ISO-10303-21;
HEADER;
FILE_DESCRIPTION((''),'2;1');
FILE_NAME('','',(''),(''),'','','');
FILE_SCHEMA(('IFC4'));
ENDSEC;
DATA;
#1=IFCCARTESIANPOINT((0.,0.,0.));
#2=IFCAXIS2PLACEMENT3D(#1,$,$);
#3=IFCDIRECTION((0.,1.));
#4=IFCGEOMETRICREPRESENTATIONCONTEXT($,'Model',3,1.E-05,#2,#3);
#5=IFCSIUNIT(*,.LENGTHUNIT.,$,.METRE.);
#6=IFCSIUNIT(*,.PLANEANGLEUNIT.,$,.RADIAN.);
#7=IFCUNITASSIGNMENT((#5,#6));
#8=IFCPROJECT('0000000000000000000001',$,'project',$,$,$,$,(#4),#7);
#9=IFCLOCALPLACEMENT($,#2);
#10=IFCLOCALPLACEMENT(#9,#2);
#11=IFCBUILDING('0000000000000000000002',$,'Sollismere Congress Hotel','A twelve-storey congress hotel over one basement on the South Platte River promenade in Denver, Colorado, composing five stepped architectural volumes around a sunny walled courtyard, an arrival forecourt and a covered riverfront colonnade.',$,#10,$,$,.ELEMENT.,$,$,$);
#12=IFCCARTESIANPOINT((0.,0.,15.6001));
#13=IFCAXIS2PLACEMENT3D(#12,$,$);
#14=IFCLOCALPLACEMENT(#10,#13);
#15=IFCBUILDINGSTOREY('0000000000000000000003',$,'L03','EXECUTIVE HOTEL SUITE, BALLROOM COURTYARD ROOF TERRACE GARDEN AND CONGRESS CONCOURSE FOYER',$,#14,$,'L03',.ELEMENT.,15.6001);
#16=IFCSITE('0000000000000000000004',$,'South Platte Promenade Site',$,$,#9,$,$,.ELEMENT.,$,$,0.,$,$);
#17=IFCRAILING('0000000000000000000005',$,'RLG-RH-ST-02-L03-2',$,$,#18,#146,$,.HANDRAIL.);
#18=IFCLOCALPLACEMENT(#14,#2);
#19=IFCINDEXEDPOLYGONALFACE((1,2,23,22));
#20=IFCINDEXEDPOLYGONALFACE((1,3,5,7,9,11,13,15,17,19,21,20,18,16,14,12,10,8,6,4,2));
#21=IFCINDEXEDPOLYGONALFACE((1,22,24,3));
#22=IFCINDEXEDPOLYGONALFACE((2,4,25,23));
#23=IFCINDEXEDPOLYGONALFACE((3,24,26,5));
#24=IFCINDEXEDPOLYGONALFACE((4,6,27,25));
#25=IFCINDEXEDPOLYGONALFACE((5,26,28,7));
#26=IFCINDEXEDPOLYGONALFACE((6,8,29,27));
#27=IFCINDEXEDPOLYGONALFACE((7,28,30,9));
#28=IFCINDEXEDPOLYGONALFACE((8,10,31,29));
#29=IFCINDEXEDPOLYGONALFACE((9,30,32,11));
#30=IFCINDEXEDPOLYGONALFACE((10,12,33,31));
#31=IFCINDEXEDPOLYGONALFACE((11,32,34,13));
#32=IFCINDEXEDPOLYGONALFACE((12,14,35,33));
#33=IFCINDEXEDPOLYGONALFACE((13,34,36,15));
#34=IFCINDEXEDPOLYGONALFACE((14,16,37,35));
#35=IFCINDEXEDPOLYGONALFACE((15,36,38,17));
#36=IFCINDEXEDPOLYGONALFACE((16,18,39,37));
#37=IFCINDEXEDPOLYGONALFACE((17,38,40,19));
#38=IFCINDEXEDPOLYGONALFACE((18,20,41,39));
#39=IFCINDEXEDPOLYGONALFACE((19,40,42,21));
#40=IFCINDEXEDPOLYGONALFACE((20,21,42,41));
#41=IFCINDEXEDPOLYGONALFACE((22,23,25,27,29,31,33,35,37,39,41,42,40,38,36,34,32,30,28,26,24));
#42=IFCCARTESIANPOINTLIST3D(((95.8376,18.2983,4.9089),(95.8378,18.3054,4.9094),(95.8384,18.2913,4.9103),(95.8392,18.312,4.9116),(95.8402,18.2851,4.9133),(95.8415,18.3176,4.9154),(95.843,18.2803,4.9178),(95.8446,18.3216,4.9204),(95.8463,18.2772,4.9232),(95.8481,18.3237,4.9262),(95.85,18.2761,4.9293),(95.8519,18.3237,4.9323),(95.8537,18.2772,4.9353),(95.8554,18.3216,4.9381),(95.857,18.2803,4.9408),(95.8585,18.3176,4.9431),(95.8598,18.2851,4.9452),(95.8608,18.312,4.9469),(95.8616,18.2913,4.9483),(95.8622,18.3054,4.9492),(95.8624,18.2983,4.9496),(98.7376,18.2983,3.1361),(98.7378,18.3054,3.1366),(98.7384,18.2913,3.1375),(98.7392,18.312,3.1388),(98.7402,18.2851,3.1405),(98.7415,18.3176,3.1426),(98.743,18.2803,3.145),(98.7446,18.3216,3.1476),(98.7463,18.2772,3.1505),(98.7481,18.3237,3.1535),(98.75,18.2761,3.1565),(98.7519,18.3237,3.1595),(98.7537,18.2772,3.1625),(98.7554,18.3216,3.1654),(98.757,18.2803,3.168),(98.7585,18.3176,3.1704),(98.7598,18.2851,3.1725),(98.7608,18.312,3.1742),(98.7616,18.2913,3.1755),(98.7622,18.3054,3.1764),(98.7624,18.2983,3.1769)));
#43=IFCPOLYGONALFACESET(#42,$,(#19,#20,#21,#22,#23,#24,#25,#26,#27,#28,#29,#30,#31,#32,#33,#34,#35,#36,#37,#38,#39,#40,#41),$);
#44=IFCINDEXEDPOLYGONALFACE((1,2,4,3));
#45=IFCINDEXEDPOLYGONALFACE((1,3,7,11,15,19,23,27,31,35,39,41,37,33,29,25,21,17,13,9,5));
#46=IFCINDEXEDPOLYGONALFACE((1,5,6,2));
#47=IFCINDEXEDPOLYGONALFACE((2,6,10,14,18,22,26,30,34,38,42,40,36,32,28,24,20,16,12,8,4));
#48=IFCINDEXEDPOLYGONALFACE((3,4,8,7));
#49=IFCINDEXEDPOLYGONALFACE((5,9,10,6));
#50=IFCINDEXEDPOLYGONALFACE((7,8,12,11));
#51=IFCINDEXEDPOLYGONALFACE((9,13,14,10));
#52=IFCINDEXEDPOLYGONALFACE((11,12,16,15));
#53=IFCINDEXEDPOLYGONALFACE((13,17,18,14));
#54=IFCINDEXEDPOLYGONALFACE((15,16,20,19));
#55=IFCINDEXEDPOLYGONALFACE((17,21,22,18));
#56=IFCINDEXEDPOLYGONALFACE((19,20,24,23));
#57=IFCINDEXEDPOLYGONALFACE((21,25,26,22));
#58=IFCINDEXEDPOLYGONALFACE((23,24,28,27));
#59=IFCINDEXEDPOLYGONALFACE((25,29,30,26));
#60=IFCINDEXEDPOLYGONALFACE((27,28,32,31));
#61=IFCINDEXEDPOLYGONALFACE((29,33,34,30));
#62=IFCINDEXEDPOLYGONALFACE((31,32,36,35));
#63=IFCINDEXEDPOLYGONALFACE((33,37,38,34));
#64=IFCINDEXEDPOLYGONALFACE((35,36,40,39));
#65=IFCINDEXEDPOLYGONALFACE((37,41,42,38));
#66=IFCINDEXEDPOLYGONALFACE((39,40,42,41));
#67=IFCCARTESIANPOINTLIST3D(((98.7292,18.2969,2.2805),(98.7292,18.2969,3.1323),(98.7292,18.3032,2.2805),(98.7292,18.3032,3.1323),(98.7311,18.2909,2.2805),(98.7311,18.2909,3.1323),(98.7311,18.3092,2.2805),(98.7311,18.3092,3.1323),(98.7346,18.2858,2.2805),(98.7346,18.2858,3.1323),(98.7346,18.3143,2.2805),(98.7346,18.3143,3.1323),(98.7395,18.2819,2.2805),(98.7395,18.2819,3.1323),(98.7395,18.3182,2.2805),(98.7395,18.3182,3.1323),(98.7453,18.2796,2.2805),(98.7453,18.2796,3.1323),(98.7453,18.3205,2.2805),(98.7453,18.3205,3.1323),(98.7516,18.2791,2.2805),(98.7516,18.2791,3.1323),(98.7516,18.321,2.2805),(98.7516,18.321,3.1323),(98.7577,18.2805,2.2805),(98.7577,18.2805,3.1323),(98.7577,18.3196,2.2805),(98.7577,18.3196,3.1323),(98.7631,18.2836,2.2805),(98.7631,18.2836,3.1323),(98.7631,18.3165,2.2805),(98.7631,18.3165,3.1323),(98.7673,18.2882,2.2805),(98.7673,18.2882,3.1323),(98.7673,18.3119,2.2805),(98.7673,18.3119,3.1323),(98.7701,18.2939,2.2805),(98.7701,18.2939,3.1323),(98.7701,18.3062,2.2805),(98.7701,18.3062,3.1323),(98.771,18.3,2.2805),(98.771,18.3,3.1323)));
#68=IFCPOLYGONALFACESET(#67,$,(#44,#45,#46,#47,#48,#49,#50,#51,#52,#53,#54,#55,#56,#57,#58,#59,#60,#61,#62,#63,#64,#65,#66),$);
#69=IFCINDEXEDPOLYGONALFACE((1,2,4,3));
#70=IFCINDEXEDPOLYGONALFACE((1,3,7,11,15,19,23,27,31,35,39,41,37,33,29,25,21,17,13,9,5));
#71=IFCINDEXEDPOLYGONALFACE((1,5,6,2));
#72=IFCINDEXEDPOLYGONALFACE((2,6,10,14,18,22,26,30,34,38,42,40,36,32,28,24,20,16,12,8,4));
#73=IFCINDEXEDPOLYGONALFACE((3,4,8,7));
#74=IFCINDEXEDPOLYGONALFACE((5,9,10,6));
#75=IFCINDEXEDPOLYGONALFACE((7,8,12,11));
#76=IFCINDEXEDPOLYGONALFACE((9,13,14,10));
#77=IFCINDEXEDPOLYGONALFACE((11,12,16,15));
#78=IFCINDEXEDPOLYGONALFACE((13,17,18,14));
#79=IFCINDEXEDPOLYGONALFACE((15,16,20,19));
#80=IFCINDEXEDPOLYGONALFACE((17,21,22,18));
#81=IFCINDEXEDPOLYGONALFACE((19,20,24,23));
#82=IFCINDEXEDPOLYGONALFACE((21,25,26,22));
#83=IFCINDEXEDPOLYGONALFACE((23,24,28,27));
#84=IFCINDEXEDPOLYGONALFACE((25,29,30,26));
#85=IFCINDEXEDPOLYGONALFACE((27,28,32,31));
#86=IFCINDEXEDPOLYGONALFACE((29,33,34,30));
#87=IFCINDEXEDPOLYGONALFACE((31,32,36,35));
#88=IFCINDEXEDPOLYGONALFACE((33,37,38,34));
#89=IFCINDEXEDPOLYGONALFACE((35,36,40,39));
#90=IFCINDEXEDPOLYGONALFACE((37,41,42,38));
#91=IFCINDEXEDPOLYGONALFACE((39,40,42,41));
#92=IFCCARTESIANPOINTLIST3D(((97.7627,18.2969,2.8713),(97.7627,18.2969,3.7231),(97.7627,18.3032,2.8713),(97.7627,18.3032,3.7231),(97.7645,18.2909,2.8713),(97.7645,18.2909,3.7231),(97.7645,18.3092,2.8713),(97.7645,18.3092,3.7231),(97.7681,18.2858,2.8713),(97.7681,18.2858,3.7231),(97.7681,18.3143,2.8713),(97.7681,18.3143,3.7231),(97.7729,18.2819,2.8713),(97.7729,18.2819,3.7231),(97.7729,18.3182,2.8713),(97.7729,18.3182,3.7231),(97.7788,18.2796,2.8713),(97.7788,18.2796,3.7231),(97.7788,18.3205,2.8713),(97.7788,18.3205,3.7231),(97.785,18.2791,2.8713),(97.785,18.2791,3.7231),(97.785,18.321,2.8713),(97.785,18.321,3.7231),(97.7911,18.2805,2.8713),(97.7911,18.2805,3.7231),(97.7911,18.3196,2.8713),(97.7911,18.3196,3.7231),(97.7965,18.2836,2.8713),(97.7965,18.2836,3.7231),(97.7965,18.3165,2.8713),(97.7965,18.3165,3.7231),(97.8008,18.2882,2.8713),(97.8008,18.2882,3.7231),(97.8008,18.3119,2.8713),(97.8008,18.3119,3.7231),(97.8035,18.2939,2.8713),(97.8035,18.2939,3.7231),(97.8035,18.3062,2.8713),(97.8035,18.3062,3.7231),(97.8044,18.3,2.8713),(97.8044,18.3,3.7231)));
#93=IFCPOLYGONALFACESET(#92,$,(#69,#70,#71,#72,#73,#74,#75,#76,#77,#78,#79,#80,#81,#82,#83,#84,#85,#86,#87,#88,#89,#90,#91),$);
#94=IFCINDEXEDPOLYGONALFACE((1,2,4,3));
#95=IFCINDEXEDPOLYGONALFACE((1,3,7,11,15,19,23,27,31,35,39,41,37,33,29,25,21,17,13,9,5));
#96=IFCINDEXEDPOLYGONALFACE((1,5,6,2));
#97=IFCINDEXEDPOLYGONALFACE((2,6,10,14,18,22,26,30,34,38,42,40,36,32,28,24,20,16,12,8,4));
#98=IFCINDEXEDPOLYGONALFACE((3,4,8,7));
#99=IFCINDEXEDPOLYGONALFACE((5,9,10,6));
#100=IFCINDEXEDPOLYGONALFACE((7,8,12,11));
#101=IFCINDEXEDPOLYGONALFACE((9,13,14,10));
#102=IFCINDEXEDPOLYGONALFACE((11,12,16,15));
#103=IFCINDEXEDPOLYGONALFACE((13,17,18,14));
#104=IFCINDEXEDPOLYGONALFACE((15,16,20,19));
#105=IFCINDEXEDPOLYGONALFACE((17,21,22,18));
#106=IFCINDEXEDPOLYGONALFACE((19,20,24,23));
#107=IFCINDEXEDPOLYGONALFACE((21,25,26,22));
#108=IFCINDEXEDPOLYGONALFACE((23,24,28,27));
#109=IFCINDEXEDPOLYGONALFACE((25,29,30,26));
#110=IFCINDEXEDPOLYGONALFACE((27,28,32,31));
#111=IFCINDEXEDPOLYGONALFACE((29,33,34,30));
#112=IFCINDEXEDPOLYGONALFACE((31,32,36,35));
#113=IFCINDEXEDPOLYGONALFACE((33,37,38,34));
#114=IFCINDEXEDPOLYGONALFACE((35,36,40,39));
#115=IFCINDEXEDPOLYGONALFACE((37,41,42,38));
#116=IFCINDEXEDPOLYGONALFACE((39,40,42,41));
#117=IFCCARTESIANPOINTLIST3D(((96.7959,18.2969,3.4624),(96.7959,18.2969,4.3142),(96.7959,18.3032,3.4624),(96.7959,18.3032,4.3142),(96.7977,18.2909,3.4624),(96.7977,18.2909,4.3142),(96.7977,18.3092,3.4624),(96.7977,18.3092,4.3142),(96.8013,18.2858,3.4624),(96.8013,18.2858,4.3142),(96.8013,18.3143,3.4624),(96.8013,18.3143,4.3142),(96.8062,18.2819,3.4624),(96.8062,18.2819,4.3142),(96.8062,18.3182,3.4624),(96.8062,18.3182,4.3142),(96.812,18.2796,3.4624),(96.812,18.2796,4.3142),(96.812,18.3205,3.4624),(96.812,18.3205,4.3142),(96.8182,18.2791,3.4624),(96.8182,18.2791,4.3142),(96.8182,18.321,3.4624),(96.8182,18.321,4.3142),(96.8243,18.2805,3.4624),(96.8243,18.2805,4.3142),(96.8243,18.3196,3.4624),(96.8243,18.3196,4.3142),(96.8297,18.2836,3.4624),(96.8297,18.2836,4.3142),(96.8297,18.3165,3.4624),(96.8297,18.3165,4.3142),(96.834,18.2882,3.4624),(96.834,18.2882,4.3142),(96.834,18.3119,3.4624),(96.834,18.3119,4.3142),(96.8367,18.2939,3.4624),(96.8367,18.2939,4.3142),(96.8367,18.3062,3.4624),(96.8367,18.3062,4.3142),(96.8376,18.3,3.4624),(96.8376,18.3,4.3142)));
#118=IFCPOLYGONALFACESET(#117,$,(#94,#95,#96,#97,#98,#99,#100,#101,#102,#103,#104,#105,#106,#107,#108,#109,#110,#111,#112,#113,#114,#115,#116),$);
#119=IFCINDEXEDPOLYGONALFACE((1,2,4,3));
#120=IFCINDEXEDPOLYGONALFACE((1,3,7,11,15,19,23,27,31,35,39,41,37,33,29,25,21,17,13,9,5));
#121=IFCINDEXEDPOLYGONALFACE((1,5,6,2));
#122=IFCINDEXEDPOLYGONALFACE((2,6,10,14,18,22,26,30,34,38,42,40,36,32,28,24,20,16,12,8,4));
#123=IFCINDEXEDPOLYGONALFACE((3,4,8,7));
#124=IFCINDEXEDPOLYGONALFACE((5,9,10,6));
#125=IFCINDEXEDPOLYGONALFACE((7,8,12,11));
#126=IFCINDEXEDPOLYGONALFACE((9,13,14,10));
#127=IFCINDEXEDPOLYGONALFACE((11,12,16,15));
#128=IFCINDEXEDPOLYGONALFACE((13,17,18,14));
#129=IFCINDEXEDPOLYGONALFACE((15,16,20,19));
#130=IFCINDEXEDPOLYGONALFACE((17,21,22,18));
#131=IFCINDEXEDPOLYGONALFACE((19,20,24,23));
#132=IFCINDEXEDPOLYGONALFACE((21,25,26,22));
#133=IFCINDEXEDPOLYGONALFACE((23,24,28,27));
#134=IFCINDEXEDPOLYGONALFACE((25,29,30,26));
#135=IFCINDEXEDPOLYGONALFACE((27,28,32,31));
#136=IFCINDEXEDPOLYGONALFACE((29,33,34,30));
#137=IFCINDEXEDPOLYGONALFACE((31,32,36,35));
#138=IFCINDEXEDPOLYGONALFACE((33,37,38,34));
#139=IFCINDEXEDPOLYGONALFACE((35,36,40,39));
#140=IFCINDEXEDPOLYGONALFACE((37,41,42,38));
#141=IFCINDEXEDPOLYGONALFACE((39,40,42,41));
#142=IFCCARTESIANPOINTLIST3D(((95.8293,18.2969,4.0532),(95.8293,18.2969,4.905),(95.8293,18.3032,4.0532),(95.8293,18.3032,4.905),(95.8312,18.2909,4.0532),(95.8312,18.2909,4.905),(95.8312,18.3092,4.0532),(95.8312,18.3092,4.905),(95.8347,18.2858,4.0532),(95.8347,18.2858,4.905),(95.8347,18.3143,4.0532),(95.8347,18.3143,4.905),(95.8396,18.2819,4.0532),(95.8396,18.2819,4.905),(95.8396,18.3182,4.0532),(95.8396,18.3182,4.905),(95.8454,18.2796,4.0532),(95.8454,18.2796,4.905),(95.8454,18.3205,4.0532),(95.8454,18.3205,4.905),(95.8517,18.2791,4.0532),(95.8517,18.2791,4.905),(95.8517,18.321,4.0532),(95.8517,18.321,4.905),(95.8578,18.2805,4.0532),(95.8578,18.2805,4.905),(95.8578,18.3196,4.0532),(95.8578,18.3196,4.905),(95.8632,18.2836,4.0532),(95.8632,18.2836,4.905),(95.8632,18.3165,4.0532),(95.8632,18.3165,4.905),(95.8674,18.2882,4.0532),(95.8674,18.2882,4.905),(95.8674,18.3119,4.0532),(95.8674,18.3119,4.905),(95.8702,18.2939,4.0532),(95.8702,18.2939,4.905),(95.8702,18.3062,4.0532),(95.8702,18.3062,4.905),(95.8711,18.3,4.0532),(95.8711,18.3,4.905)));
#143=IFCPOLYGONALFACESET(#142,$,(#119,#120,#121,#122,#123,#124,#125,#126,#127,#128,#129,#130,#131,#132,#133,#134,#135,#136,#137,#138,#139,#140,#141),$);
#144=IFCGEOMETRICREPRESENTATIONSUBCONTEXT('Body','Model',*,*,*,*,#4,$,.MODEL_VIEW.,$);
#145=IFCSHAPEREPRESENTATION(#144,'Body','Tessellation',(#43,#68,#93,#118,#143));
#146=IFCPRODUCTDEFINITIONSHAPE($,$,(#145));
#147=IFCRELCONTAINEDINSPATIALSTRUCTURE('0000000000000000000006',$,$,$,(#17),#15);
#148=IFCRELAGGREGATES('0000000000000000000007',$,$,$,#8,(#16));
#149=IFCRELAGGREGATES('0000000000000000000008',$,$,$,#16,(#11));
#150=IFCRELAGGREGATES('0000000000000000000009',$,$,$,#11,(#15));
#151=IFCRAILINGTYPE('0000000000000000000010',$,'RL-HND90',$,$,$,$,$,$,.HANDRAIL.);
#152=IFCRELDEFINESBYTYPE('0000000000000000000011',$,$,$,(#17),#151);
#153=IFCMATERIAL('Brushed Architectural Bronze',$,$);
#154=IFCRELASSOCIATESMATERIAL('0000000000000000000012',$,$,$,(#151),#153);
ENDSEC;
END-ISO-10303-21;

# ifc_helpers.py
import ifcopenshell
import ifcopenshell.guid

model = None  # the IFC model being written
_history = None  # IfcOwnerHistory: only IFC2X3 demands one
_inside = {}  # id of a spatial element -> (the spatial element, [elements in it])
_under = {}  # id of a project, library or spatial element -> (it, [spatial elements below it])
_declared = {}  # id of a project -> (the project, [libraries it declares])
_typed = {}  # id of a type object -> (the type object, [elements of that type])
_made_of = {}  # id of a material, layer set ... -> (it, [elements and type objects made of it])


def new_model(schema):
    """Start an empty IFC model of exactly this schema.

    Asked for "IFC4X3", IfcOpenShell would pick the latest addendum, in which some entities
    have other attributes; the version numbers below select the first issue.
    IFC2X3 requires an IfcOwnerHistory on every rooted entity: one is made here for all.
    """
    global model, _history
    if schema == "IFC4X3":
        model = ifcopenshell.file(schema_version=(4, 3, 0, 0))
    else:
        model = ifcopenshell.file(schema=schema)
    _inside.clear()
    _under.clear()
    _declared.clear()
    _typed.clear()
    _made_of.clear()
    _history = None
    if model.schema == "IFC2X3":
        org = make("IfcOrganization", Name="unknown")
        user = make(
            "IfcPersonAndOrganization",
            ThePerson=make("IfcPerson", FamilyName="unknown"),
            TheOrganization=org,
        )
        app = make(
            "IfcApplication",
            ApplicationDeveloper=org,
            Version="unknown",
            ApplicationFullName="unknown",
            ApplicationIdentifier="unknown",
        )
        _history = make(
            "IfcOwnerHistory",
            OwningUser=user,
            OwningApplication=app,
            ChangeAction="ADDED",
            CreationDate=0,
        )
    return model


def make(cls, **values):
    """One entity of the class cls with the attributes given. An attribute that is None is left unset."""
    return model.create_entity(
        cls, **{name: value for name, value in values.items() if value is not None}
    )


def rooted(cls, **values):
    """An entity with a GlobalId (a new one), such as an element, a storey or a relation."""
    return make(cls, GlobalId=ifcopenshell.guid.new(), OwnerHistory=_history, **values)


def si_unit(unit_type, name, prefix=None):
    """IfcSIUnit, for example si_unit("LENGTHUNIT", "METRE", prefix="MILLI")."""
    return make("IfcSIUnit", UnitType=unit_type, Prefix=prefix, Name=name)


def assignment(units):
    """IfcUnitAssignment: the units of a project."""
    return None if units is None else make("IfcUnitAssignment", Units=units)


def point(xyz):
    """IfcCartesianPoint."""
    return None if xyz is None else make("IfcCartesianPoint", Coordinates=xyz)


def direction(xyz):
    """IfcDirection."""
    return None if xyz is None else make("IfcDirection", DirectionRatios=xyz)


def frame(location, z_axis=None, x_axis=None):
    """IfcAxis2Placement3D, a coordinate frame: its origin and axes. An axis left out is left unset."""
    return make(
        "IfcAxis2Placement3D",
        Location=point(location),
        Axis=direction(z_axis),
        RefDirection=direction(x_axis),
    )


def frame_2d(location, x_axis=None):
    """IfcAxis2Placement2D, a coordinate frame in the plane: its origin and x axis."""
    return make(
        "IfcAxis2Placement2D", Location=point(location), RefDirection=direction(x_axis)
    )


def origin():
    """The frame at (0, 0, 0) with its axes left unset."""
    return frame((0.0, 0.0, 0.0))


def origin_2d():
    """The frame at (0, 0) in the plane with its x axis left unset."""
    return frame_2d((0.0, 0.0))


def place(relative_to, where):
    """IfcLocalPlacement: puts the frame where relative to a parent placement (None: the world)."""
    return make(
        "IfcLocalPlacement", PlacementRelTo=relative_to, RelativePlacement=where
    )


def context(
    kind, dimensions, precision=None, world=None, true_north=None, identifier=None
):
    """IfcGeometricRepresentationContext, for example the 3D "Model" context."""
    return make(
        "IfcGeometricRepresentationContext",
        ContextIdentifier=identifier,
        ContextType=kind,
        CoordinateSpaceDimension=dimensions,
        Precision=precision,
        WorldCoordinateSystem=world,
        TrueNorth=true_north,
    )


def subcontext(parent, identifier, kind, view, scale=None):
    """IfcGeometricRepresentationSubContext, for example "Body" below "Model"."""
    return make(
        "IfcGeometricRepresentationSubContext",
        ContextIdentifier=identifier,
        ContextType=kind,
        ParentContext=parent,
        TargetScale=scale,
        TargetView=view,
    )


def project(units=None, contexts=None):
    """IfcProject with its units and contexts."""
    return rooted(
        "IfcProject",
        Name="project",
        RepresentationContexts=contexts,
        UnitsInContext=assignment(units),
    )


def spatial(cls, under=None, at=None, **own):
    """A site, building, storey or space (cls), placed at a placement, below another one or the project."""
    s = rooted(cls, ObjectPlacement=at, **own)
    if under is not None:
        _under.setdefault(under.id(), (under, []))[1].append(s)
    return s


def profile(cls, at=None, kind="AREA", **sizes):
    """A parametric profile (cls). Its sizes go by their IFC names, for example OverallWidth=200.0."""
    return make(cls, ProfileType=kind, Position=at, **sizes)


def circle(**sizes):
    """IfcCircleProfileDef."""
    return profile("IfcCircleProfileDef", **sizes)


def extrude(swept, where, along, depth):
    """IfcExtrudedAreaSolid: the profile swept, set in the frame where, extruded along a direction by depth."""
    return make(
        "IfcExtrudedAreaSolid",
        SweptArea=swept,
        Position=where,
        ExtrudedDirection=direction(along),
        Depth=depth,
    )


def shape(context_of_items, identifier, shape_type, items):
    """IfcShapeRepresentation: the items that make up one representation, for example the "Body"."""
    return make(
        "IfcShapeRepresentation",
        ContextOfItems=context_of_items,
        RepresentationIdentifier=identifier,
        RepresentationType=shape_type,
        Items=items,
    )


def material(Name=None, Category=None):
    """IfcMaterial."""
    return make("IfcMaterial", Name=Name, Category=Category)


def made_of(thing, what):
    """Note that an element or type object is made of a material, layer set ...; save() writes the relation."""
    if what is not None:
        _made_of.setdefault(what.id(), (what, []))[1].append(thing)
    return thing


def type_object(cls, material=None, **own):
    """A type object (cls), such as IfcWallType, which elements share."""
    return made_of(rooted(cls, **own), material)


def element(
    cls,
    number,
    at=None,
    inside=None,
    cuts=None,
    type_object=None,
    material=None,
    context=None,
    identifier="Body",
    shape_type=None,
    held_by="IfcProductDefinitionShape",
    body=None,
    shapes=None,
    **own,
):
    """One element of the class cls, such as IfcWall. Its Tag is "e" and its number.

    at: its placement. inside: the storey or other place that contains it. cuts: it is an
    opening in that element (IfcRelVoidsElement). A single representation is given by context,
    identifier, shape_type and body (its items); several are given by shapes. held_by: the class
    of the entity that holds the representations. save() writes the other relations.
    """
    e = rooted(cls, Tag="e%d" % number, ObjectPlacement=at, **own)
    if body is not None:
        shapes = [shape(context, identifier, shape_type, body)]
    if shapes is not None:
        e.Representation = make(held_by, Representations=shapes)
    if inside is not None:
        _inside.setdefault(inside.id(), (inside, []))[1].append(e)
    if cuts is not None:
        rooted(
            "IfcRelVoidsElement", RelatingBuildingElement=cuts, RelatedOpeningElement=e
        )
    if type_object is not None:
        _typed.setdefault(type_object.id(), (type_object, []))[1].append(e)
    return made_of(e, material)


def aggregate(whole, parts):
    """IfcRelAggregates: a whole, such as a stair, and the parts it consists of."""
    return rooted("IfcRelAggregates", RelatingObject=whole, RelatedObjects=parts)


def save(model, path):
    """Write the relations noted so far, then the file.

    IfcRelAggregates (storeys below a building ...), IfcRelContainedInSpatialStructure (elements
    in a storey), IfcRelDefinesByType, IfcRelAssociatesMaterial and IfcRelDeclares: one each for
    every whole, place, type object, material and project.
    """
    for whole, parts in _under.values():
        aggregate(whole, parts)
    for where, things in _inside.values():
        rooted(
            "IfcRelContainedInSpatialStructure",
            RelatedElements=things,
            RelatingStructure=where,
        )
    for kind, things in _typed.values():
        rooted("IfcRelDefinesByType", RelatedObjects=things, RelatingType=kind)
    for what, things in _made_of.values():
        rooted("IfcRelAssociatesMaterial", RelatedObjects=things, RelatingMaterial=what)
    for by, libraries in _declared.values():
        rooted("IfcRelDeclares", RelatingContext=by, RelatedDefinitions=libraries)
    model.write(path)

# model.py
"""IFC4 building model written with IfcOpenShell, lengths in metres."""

from ifc_helpers import new_model, si_unit, direction, frame, origin, origin_2d, place, context, subcontext, project, spatial, circle, extrude, material, type_object, element, save


model = new_model("IFC4")

# Units and contexts
model_context = context("Model", 3, precision=1e-05, world=origin(), true_north=direction((0.0, 1.0)))
body_context = subcontext(model_context, "Body", "Model", "MODEL_VIEW")
ifc_project = project(units=[si_unit("LENGTHUNIT", "METRE"), si_unit("PLANEANGLEUNIT", "RADIAN")], contexts=[model_context])

# Site, building, storey
site_placement = place(None, origin())
site = spatial("IfcSite", under=ifc_project, at=site_placement, Name="South Platte Promenade Site", CompositionType="ELEMENT", RefElevation=0.0)
building_placement = place(site_placement, origin())
building = spatial("IfcBuilding", under=site, at=building_placement, Name="Sollismere Congress Hotel", Description="A twelve-storey congress hotel over one basement on the South Platte River promenade in Denver, Colorado, composing five stepped architectural volumes around a sunny walled courtyard, an arrival forecourt and a covered riverfront colonnade.", CompositionType="ELEMENT")
storey_placement = place(building_placement, frame((0.0, 0.0, 15.6001)))
storey = spatial("IfcBuildingStorey", under=building, at=storey_placement, Name="L03", Description="EXECUTIVE HOTEL SUITE, BALLROOM COURTYARD ROOF TERRACE GARDEN AND CONGRESS CONCOURSE FOYER", LongName="L03", CompositionType="ELEMENT", Elevation=15.6001)

# Railing
ifc_material_1 = material(Name="Brushed Architectural Bronze")
railing_type_1 = type_object("IfcRailingType", Name="RL-HND90", PredefinedType="HANDRAIL", material=ifc_material_1)
railing_1_placement = place(storey_placement, frame((98.75, 18.3, 2.2805)))
element("IfcRailing", 1, at=railing_1_placement, inside=storey, type_object=railing_type_1, Name="RLG-RH-ST-02-L03-2", PredefinedType="HANDRAIL", context=body_context, shape_type="SweptSolid", body=[
    extrude(circle(Radius=0.0239, at=origin_2d()), frame((0.0, 0.0, 0.876), z_axis=(-0.853211, 0.0, 0.521566), x_axis=(0.0, -1.0, 0.0)), (0.0, 0.0, 1.0), 3.3989),
    extrude(circle(Radius=0.021, at=origin_2d()), origin(), (0.0, 0.0, 1.0), 0.8518),
    extrude(circle(Radius=0.021, at=origin_2d()), frame((-0.9666, 0.0, 0.5908)), (0.0, 0.0, 1.0), 0.8518),
    extrude(circle(Radius=0.021, at=origin_2d()), frame((-1.9333, 0.0, 1.1819)), (0.0, 0.0, 1.0), 0.8518),
    extrude(circle(Radius=0.021, at=origin_2d()), frame((-2.8999, 0.0, 1.7727)), (0.0, 0.0, 1.0), 0.8518),
])

save(model, "model.ifc")
